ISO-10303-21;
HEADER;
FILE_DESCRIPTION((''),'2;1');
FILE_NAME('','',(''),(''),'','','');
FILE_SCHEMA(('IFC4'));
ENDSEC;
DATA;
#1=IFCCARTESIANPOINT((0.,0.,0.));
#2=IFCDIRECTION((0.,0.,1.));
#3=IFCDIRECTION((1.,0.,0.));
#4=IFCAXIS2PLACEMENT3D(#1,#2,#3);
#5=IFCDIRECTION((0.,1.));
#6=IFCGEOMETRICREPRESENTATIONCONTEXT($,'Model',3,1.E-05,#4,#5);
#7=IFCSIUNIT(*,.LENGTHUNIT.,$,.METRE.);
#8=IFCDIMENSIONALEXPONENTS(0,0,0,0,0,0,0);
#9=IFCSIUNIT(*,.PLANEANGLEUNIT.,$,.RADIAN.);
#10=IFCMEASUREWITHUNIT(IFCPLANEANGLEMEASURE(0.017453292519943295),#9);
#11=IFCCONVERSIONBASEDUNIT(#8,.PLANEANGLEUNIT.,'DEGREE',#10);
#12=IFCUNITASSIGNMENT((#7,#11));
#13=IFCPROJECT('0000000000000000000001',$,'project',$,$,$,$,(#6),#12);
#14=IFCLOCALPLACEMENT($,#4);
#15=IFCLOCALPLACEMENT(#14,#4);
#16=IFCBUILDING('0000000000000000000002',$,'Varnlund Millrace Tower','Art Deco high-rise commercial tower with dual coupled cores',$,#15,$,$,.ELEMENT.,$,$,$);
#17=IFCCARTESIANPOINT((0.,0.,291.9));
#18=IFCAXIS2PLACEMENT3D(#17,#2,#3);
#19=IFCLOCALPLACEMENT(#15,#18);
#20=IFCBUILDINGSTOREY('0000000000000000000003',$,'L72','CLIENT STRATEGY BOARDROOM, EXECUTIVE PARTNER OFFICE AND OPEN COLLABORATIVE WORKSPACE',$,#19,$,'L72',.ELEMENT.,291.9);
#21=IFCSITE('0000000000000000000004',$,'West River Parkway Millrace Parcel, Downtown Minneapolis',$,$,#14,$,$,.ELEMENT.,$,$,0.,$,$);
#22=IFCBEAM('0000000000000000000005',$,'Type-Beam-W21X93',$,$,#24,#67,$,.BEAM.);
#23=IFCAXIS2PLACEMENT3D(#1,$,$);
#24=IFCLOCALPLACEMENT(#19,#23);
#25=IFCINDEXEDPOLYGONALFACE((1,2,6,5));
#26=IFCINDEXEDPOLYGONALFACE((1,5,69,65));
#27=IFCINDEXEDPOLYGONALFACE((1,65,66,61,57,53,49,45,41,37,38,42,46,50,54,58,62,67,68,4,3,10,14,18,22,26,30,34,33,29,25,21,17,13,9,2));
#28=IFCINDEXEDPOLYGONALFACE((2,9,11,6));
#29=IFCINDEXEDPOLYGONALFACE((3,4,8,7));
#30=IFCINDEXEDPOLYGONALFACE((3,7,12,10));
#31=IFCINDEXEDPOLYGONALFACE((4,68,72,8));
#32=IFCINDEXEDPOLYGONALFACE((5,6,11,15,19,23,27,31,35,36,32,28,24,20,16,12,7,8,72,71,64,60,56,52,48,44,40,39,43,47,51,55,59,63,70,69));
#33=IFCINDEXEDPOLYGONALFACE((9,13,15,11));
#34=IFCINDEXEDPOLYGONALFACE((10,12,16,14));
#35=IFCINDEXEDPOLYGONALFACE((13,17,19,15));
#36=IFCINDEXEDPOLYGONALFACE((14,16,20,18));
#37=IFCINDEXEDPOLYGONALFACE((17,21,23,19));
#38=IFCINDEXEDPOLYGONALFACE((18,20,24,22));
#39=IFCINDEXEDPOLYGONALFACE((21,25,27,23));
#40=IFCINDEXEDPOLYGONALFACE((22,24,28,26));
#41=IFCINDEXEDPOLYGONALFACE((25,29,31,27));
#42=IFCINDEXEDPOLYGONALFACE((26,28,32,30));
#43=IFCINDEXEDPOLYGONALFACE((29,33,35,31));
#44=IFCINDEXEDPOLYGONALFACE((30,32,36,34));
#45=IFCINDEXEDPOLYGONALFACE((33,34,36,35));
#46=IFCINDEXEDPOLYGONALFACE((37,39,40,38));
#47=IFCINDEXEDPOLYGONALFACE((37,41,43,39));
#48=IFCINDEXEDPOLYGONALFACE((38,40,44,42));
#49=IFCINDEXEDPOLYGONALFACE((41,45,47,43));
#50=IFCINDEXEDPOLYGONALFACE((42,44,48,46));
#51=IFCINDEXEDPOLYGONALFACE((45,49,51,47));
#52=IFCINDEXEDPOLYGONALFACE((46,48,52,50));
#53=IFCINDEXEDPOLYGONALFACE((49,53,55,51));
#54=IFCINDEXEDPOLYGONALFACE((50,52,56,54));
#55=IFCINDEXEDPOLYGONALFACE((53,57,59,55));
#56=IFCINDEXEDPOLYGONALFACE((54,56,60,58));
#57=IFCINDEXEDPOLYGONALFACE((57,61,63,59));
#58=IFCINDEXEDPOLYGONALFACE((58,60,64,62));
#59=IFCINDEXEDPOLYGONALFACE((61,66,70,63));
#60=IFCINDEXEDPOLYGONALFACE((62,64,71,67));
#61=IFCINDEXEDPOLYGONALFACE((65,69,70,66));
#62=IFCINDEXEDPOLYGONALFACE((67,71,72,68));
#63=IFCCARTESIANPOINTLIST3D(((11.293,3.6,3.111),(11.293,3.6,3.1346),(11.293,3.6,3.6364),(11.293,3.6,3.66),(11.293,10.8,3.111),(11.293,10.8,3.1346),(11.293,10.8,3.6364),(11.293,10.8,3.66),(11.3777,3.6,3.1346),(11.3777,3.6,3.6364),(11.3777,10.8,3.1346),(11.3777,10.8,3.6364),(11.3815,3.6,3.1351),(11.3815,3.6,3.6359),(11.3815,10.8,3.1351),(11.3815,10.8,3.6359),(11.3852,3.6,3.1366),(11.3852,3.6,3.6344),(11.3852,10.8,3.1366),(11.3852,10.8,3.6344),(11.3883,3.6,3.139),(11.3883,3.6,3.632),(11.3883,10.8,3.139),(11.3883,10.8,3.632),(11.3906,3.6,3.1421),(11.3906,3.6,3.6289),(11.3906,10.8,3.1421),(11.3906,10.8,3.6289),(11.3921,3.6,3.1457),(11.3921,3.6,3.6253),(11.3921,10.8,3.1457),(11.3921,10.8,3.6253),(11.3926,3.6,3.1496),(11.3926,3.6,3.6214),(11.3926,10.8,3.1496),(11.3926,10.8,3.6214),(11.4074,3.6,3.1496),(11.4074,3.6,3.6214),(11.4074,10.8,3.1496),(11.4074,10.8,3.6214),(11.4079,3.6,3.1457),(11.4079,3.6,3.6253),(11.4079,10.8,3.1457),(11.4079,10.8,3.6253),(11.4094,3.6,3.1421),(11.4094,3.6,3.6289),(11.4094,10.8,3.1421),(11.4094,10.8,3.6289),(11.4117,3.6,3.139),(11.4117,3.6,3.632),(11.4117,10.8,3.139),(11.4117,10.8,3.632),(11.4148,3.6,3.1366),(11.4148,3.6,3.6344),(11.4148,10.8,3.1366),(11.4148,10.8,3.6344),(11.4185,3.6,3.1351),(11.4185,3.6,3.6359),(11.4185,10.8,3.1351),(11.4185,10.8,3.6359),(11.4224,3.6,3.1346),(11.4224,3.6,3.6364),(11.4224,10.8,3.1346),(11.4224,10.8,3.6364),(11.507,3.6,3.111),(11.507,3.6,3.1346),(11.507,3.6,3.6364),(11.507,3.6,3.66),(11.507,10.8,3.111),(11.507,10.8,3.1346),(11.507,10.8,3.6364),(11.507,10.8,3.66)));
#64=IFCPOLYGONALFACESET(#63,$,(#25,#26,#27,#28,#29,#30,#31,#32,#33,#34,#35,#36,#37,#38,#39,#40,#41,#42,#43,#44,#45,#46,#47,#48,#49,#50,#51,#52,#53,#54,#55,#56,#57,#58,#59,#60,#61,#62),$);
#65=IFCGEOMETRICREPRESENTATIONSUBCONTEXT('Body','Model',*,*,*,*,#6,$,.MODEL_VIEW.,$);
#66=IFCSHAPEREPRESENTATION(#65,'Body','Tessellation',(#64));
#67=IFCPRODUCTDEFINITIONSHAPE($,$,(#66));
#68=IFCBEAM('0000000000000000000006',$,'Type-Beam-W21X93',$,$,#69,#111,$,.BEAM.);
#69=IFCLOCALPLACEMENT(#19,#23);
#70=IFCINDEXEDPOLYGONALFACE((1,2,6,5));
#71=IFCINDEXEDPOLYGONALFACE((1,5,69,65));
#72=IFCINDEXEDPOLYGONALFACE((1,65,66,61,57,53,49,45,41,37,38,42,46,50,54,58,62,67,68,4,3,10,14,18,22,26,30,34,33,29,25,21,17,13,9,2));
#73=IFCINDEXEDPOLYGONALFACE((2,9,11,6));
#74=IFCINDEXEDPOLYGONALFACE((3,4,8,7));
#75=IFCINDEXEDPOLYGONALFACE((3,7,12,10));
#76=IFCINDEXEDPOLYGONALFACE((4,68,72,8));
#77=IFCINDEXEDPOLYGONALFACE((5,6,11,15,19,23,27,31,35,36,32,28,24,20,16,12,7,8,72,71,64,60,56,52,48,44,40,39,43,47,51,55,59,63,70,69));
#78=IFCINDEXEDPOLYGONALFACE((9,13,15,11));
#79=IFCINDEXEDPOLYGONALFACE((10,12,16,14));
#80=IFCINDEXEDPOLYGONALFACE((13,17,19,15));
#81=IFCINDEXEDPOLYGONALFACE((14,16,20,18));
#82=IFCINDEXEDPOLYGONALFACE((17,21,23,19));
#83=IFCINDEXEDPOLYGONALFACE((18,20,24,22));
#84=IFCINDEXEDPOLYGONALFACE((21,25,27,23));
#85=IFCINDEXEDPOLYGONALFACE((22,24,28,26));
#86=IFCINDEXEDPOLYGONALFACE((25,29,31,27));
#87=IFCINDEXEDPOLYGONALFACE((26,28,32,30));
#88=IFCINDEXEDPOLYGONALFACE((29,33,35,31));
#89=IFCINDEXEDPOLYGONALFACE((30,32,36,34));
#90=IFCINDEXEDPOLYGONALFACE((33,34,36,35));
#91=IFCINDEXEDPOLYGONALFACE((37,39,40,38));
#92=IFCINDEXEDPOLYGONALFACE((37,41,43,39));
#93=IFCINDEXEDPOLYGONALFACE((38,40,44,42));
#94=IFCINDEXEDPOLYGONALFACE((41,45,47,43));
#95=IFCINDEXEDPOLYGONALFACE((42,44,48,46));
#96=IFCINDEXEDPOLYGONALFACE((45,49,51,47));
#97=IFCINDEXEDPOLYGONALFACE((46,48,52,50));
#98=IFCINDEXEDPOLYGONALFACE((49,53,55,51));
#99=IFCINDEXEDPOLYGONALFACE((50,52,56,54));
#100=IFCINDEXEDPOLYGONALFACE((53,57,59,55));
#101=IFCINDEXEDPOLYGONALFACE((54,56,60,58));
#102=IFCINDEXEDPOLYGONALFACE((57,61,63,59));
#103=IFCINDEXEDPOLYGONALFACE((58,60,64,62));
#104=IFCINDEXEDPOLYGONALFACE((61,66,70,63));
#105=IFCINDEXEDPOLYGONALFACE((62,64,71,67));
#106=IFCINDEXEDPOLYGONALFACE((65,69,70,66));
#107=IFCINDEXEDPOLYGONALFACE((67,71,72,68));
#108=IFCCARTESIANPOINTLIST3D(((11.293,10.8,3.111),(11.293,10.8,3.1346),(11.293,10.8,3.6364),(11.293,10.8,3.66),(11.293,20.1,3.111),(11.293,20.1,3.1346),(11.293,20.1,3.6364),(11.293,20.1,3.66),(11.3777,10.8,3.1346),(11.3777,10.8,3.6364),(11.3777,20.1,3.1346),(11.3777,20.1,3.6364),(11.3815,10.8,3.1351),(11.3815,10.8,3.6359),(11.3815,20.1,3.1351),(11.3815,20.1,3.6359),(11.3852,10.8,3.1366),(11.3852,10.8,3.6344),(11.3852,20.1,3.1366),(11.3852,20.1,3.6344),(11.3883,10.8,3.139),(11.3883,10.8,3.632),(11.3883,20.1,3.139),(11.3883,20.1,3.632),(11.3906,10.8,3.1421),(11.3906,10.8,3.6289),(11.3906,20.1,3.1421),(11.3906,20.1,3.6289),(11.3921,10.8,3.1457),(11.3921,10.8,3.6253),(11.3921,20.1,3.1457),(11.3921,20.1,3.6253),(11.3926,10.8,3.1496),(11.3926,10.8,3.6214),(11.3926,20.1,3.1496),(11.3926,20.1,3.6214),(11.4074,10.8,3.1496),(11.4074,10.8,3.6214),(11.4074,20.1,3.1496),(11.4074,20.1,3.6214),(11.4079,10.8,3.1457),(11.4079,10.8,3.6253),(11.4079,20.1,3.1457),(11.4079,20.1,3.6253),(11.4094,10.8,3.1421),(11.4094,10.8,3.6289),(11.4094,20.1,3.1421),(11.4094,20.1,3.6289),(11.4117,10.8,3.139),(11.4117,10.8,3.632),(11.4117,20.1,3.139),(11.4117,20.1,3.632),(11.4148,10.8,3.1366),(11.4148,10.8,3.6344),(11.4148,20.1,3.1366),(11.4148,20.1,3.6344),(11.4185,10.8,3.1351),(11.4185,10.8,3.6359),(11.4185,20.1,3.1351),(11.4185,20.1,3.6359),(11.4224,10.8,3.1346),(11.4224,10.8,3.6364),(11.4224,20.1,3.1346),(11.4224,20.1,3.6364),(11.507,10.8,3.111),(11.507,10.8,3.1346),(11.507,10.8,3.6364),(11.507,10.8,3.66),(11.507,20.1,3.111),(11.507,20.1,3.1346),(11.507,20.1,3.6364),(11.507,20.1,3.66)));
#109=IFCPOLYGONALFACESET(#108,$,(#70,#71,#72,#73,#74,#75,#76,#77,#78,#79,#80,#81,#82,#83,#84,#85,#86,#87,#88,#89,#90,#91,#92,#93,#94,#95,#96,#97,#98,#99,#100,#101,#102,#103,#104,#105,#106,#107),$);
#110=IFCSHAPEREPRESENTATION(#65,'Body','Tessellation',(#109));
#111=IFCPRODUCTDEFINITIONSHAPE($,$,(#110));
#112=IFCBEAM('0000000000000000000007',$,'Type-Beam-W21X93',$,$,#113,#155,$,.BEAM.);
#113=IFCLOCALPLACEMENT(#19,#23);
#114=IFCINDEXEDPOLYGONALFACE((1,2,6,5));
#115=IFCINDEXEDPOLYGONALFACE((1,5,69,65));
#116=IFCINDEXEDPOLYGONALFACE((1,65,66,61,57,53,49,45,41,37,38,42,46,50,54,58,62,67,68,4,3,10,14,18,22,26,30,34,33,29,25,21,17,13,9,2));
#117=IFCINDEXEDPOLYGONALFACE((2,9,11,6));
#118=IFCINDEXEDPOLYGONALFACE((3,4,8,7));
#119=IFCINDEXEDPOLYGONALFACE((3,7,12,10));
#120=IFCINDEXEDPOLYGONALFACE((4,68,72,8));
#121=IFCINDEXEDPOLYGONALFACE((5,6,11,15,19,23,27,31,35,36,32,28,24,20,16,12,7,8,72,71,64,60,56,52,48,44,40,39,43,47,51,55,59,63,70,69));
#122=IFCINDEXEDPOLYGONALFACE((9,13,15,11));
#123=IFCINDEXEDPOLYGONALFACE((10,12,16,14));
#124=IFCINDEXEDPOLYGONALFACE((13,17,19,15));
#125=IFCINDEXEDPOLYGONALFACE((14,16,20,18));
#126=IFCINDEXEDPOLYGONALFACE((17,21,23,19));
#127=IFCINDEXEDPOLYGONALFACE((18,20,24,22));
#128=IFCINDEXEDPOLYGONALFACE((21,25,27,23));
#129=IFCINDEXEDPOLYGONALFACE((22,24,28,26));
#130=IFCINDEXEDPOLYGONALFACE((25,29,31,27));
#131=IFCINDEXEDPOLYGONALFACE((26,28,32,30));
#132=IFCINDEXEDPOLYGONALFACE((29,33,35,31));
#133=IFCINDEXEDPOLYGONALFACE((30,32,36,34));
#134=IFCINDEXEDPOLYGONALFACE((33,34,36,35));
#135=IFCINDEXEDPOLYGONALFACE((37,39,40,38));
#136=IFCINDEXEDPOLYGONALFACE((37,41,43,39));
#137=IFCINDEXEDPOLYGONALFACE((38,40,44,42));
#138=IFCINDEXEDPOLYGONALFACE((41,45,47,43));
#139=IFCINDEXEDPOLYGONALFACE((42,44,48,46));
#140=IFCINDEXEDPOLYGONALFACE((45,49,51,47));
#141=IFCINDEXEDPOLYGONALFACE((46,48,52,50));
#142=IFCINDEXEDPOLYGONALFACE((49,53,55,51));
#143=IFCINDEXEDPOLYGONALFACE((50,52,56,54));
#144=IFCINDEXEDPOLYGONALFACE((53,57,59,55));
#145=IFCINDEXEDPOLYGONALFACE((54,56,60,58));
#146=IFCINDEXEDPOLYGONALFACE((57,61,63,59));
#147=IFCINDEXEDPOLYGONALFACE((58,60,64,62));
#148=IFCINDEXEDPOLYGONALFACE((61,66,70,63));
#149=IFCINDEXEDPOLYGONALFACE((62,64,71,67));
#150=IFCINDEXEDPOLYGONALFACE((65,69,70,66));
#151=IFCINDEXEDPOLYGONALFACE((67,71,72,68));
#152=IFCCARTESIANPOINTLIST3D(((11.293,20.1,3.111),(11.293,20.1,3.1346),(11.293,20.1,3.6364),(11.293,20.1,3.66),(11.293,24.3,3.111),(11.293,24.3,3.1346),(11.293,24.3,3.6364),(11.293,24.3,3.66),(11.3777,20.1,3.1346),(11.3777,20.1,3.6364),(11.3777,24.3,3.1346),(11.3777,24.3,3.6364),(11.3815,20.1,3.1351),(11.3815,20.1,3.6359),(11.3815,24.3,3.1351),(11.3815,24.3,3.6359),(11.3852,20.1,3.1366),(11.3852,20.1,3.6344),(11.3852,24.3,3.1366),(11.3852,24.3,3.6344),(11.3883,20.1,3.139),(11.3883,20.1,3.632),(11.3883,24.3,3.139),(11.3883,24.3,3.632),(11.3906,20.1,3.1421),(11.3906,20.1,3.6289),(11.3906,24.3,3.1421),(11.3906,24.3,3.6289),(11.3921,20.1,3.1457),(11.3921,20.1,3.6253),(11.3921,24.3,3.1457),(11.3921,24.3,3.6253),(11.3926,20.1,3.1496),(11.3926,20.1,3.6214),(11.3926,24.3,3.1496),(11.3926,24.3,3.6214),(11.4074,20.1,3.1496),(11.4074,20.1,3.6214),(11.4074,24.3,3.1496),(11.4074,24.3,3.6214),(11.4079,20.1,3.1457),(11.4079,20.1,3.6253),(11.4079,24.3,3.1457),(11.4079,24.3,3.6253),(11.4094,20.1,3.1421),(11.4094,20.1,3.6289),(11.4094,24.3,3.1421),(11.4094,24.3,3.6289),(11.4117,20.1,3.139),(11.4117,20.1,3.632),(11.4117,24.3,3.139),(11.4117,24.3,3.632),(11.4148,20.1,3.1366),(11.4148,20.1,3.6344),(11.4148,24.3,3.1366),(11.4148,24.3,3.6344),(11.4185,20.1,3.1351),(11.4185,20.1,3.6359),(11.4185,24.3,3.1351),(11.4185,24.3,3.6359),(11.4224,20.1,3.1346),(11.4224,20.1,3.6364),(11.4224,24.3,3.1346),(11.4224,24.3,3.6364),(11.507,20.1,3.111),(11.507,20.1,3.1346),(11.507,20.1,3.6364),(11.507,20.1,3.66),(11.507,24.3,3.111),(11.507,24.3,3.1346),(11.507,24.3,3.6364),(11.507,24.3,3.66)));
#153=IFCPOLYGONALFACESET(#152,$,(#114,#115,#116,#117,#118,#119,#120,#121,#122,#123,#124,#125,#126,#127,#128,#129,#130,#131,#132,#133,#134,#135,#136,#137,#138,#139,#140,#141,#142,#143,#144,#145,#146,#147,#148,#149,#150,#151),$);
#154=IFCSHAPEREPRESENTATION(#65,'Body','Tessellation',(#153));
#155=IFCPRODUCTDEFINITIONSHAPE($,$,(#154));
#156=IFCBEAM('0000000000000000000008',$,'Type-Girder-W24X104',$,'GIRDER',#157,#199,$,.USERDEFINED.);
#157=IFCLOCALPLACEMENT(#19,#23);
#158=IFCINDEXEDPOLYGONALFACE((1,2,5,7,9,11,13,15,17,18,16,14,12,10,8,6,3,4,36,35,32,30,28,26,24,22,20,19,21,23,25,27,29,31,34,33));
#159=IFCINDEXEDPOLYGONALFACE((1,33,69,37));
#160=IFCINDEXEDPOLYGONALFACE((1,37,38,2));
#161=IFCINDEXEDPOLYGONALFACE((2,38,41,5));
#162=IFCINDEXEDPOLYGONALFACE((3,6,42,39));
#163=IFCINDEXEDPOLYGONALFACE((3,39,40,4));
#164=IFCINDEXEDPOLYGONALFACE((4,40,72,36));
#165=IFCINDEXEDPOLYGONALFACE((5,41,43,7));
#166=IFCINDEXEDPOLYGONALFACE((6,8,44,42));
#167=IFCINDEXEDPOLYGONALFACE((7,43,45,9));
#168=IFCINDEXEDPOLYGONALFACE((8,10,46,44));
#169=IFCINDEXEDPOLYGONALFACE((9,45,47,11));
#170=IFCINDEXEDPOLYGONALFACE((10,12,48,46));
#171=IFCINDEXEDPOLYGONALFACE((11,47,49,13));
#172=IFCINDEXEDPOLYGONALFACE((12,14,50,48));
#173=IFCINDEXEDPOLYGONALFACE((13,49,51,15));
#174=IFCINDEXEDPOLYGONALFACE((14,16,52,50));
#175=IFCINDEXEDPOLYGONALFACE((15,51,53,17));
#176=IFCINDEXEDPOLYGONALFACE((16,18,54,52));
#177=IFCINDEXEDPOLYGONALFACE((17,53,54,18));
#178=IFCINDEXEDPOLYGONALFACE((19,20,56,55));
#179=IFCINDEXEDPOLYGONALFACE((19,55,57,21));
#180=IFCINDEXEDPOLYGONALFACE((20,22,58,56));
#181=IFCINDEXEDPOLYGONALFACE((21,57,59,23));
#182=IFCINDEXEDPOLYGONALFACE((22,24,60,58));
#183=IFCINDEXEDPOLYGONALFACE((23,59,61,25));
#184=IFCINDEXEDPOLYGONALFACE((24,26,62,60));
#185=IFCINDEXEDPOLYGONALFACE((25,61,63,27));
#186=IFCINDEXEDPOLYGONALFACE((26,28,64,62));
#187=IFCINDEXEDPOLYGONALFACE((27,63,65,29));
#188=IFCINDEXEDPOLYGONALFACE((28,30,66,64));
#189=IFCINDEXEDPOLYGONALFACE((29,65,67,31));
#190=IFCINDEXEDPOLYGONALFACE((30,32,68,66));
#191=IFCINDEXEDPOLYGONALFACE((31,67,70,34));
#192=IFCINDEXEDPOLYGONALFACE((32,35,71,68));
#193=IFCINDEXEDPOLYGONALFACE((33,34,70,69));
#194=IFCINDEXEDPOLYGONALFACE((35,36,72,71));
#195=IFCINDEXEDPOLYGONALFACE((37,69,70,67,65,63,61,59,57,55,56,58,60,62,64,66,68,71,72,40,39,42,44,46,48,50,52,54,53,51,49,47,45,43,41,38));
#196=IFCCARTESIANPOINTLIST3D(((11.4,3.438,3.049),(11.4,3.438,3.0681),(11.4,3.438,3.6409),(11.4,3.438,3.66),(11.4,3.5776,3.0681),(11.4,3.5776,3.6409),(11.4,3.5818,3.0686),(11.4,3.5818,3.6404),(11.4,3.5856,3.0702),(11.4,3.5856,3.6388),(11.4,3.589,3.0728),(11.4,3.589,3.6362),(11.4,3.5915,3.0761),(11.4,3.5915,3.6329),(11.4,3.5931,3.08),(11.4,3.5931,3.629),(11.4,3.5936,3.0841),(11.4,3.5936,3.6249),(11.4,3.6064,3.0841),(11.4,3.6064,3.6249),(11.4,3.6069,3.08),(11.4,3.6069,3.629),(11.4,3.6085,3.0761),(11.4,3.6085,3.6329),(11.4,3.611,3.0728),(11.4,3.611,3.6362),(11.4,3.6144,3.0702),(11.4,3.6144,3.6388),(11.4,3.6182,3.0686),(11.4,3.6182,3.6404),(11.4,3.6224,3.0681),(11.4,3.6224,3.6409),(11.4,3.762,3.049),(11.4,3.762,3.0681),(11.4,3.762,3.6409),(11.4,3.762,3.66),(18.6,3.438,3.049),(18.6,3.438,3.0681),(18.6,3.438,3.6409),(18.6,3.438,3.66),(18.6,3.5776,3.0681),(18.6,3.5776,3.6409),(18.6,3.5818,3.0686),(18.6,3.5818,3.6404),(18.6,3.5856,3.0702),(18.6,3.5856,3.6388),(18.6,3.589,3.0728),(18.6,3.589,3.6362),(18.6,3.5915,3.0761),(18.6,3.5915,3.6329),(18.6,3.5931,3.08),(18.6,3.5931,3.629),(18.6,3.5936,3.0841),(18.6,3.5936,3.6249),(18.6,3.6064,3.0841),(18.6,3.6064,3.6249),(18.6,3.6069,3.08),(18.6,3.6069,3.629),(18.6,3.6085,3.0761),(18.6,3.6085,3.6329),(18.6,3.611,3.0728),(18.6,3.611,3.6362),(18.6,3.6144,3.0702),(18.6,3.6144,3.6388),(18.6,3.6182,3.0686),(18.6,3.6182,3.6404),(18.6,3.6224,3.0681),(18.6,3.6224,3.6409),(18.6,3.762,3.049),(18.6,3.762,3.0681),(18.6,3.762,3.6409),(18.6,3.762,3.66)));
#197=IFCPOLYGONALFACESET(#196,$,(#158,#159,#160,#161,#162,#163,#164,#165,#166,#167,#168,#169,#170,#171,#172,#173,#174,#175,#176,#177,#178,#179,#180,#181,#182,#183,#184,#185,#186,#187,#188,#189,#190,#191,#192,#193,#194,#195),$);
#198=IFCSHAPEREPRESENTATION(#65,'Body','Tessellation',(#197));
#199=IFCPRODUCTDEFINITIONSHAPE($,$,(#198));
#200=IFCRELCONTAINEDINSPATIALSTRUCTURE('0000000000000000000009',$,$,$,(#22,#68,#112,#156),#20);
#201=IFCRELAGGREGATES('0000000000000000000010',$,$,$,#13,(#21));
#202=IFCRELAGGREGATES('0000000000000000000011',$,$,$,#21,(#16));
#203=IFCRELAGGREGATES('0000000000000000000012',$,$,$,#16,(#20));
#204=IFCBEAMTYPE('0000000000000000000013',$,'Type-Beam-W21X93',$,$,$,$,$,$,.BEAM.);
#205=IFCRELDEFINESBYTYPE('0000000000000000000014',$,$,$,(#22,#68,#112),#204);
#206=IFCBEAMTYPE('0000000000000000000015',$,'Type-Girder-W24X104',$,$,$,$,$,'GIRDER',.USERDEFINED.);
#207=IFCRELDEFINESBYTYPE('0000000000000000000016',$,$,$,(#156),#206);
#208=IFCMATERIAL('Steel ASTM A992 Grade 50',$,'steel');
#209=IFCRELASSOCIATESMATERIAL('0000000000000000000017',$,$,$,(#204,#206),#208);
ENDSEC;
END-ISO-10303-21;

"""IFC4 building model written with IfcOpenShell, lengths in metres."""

from ifc_helpers import new_model, entity, si_unit, converted_unit, direction, frame, origin_with_axes, origin_2d_with_axis, place, context, subcontext, project, spatial, i_section, extrude, material, material_profile, profile_set, type_object, element, save


model = new_model("IFC4")

# Units and contexts
model_context = context("Model", 3, precision=1e-05, world=origin_with_axes(), true_north=direction((0.0, 1.0)))
body_context = subcontext(model_context, "Body", "Model", "MODEL_VIEW")
ifc_project = project(units=[si_unit("LENGTHUNIT", "METRE"), converted_unit("PLANEANGLEUNIT", "DEGREE", entity("IfcPlaneAngleMeasure", 0.017453292519943295), si_unit("PLANEANGLEUNIT", "RADIAN"), dimensions=[0, 0, 0, 0, 0, 0, 0])], contexts=[model_context])

# Site, building, storey
site_placement = place(None, origin_with_axes())
site = spatial("IfcSite", under=ifc_project, at=site_placement, Name="West River Parkway Millrace Parcel, Downtown Minneapolis", CompositionType="ELEMENT", RefElevation=0.0)
building_placement = place(site_placement, origin_with_axes())
building = spatial("IfcBuilding", under=site, at=building_placement, Name="Varnlund Millrace Tower", Description="Art Deco high-rise commercial tower with dual coupled cores", CompositionType="ELEMENT")
storey_placement = place(building_placement, frame((0.0, 0.0, 291.9), z_axis=(0.0, 0.0, 1.0), x_axis=(1.0, 0.0, 0.0)))
storey = spatial("IfcBuildingStorey", under=building, at=storey_placement, Name="L72", Description="CLIENT STRATEGY BOARDROOM, EXECUTIVE PARTNER OFFICE AND OPEN COLLABORATIVE WORKSPACE", LongName="L72", CompositionType="ELEMENT", Elevation=291.9)

# Beams
ifc_material_1 = material(Name="Steel ASTM A992 Grade 50", Category="steel")
ifc_material_profile_1 = material_profile(ifc_material_1, i_section(OverallWidth=0.214, OverallDepth=0.549, WebThickness=0.0147, FlangeThickness=0.0236, FilletRadius=0.015, at=origin_2d_with_axis()), Name="Steel ASTM A992 Grade 50")
ifc_profile_set_1 = profile_set([ifc_material_profile_1], Name="Steel ASTM A992 Grade 50")
beam_type_1 = type_object("IfcBeamType", Name="Type-Beam-W21X93", PredefinedType="BEAM", material=ifc_profile_set_1)
beam_1_placement = place(storey_placement, frame((11.4, 3.6, 3.3855), z_axis=(0.0, 1.0, 0.0), x_axis=(-1.0, 0.0, 0.0)))
element("IfcBeam", 1, at=beam_1_placement, inside=storey, type_object=beam_type_1, Name="Type-Beam-W21X93", PredefinedType="BEAM", context=body_context, shape_type="SweptSolid", body=[
    extrude(i_section(OverallWidth=0.214, OverallDepth=0.549, WebThickness=0.0147, FlangeThickness=0.0236, FilletRadius=0.015, at=origin_2d_with_axis()), origin_with_axes(), (0.0, 0.0, 1.0), 7.2),
])
beam_2_placement = place(storey_placement, frame((11.4, 10.8, 3.3855), z_axis=(0.0, 1.0, 0.0), x_axis=(-1.0, 0.0, 0.0)))
element("IfcBeam", 2, at=beam_2_placement, inside=storey, type_object=beam_type_1, Name="Type-Beam-W21X93", PredefinedType="BEAM", context=body_context, shape_type="SweptSolid", body=[
    extrude(i_section(OverallWidth=0.214, OverallDepth=0.549, WebThickness=0.0147, FlangeThickness=0.0236, FilletRadius=0.015, at=origin_2d_with_axis()), origin_with_axes(), (0.0, 0.0, 1.0), 9.3),
])
beam_3_placement = place(storey_placement, frame((11.4, 20.1, 3.3855), z_axis=(0.0, 1.0, 0.0), x_axis=(-1.0, 0.0, 0.0)))
element("IfcBeam", 3, at=beam_3_placement, inside=storey, type_object=beam_type_1, Name="Type-Beam-W21X93", PredefinedType="BEAM", context=body_context, shape_type="SweptSolid", body=[
    extrude(i_section(OverallWidth=0.214, OverallDepth=0.549, WebThickness=0.0147, FlangeThickness=0.0236, FilletRadius=0.015, at=origin_2d_with_axis()), origin_with_axes(), (0.0, 0.0, 1.0), 4.2),
])
ifc_material_profile_2 = material_profile(ifc_material_1, i_section(OverallWidth=0.324, OverallDepth=0.611, WebThickness=0.0127, FlangeThickness=0.0191, FilletRadius=0.016, at=origin_2d_with_axis()), Name="Steel ASTM A992 Grade 50")
ifc_profile_set_2 = profile_set([ifc_material_profile_2], Name="Steel ASTM A992 Grade 50")
beam_type_2 = type_object("IfcBeamType", Name="Type-Girder-W24X104", ElementType="GIRDER", PredefinedType="USERDEFINED", material=ifc_profile_set_2)
for number, where, z_axis, x_axis, name in (
    (4, (11.4, 3.6, 3.3545), (1.0, 0.0, 0.0), (0.0, 1.0, 0.0), "Type-Girder-W24X104"),
):
    element("IfcBeam", number, at=place(storey_placement, frame(where, z_axis=z_axis, x_axis=x_axis)), inside=storey, type_object=beam_type_2, Name=name, ObjectType="GIRDER", PredefinedType="USERDEFINED", context=body_context, shape_type="SweptSolid", body=[
        extrude(i_section(OverallWidth=0.324, OverallDepth=0.611, WebThickness=0.0127, FlangeThickness=0.0191, FilletRadius=0.016, at=origin_2d_with_axis()), origin_with_axes(), (0.0, 0.0, 1.0), 7.2),
    ])

save(model, "model.ifc")
